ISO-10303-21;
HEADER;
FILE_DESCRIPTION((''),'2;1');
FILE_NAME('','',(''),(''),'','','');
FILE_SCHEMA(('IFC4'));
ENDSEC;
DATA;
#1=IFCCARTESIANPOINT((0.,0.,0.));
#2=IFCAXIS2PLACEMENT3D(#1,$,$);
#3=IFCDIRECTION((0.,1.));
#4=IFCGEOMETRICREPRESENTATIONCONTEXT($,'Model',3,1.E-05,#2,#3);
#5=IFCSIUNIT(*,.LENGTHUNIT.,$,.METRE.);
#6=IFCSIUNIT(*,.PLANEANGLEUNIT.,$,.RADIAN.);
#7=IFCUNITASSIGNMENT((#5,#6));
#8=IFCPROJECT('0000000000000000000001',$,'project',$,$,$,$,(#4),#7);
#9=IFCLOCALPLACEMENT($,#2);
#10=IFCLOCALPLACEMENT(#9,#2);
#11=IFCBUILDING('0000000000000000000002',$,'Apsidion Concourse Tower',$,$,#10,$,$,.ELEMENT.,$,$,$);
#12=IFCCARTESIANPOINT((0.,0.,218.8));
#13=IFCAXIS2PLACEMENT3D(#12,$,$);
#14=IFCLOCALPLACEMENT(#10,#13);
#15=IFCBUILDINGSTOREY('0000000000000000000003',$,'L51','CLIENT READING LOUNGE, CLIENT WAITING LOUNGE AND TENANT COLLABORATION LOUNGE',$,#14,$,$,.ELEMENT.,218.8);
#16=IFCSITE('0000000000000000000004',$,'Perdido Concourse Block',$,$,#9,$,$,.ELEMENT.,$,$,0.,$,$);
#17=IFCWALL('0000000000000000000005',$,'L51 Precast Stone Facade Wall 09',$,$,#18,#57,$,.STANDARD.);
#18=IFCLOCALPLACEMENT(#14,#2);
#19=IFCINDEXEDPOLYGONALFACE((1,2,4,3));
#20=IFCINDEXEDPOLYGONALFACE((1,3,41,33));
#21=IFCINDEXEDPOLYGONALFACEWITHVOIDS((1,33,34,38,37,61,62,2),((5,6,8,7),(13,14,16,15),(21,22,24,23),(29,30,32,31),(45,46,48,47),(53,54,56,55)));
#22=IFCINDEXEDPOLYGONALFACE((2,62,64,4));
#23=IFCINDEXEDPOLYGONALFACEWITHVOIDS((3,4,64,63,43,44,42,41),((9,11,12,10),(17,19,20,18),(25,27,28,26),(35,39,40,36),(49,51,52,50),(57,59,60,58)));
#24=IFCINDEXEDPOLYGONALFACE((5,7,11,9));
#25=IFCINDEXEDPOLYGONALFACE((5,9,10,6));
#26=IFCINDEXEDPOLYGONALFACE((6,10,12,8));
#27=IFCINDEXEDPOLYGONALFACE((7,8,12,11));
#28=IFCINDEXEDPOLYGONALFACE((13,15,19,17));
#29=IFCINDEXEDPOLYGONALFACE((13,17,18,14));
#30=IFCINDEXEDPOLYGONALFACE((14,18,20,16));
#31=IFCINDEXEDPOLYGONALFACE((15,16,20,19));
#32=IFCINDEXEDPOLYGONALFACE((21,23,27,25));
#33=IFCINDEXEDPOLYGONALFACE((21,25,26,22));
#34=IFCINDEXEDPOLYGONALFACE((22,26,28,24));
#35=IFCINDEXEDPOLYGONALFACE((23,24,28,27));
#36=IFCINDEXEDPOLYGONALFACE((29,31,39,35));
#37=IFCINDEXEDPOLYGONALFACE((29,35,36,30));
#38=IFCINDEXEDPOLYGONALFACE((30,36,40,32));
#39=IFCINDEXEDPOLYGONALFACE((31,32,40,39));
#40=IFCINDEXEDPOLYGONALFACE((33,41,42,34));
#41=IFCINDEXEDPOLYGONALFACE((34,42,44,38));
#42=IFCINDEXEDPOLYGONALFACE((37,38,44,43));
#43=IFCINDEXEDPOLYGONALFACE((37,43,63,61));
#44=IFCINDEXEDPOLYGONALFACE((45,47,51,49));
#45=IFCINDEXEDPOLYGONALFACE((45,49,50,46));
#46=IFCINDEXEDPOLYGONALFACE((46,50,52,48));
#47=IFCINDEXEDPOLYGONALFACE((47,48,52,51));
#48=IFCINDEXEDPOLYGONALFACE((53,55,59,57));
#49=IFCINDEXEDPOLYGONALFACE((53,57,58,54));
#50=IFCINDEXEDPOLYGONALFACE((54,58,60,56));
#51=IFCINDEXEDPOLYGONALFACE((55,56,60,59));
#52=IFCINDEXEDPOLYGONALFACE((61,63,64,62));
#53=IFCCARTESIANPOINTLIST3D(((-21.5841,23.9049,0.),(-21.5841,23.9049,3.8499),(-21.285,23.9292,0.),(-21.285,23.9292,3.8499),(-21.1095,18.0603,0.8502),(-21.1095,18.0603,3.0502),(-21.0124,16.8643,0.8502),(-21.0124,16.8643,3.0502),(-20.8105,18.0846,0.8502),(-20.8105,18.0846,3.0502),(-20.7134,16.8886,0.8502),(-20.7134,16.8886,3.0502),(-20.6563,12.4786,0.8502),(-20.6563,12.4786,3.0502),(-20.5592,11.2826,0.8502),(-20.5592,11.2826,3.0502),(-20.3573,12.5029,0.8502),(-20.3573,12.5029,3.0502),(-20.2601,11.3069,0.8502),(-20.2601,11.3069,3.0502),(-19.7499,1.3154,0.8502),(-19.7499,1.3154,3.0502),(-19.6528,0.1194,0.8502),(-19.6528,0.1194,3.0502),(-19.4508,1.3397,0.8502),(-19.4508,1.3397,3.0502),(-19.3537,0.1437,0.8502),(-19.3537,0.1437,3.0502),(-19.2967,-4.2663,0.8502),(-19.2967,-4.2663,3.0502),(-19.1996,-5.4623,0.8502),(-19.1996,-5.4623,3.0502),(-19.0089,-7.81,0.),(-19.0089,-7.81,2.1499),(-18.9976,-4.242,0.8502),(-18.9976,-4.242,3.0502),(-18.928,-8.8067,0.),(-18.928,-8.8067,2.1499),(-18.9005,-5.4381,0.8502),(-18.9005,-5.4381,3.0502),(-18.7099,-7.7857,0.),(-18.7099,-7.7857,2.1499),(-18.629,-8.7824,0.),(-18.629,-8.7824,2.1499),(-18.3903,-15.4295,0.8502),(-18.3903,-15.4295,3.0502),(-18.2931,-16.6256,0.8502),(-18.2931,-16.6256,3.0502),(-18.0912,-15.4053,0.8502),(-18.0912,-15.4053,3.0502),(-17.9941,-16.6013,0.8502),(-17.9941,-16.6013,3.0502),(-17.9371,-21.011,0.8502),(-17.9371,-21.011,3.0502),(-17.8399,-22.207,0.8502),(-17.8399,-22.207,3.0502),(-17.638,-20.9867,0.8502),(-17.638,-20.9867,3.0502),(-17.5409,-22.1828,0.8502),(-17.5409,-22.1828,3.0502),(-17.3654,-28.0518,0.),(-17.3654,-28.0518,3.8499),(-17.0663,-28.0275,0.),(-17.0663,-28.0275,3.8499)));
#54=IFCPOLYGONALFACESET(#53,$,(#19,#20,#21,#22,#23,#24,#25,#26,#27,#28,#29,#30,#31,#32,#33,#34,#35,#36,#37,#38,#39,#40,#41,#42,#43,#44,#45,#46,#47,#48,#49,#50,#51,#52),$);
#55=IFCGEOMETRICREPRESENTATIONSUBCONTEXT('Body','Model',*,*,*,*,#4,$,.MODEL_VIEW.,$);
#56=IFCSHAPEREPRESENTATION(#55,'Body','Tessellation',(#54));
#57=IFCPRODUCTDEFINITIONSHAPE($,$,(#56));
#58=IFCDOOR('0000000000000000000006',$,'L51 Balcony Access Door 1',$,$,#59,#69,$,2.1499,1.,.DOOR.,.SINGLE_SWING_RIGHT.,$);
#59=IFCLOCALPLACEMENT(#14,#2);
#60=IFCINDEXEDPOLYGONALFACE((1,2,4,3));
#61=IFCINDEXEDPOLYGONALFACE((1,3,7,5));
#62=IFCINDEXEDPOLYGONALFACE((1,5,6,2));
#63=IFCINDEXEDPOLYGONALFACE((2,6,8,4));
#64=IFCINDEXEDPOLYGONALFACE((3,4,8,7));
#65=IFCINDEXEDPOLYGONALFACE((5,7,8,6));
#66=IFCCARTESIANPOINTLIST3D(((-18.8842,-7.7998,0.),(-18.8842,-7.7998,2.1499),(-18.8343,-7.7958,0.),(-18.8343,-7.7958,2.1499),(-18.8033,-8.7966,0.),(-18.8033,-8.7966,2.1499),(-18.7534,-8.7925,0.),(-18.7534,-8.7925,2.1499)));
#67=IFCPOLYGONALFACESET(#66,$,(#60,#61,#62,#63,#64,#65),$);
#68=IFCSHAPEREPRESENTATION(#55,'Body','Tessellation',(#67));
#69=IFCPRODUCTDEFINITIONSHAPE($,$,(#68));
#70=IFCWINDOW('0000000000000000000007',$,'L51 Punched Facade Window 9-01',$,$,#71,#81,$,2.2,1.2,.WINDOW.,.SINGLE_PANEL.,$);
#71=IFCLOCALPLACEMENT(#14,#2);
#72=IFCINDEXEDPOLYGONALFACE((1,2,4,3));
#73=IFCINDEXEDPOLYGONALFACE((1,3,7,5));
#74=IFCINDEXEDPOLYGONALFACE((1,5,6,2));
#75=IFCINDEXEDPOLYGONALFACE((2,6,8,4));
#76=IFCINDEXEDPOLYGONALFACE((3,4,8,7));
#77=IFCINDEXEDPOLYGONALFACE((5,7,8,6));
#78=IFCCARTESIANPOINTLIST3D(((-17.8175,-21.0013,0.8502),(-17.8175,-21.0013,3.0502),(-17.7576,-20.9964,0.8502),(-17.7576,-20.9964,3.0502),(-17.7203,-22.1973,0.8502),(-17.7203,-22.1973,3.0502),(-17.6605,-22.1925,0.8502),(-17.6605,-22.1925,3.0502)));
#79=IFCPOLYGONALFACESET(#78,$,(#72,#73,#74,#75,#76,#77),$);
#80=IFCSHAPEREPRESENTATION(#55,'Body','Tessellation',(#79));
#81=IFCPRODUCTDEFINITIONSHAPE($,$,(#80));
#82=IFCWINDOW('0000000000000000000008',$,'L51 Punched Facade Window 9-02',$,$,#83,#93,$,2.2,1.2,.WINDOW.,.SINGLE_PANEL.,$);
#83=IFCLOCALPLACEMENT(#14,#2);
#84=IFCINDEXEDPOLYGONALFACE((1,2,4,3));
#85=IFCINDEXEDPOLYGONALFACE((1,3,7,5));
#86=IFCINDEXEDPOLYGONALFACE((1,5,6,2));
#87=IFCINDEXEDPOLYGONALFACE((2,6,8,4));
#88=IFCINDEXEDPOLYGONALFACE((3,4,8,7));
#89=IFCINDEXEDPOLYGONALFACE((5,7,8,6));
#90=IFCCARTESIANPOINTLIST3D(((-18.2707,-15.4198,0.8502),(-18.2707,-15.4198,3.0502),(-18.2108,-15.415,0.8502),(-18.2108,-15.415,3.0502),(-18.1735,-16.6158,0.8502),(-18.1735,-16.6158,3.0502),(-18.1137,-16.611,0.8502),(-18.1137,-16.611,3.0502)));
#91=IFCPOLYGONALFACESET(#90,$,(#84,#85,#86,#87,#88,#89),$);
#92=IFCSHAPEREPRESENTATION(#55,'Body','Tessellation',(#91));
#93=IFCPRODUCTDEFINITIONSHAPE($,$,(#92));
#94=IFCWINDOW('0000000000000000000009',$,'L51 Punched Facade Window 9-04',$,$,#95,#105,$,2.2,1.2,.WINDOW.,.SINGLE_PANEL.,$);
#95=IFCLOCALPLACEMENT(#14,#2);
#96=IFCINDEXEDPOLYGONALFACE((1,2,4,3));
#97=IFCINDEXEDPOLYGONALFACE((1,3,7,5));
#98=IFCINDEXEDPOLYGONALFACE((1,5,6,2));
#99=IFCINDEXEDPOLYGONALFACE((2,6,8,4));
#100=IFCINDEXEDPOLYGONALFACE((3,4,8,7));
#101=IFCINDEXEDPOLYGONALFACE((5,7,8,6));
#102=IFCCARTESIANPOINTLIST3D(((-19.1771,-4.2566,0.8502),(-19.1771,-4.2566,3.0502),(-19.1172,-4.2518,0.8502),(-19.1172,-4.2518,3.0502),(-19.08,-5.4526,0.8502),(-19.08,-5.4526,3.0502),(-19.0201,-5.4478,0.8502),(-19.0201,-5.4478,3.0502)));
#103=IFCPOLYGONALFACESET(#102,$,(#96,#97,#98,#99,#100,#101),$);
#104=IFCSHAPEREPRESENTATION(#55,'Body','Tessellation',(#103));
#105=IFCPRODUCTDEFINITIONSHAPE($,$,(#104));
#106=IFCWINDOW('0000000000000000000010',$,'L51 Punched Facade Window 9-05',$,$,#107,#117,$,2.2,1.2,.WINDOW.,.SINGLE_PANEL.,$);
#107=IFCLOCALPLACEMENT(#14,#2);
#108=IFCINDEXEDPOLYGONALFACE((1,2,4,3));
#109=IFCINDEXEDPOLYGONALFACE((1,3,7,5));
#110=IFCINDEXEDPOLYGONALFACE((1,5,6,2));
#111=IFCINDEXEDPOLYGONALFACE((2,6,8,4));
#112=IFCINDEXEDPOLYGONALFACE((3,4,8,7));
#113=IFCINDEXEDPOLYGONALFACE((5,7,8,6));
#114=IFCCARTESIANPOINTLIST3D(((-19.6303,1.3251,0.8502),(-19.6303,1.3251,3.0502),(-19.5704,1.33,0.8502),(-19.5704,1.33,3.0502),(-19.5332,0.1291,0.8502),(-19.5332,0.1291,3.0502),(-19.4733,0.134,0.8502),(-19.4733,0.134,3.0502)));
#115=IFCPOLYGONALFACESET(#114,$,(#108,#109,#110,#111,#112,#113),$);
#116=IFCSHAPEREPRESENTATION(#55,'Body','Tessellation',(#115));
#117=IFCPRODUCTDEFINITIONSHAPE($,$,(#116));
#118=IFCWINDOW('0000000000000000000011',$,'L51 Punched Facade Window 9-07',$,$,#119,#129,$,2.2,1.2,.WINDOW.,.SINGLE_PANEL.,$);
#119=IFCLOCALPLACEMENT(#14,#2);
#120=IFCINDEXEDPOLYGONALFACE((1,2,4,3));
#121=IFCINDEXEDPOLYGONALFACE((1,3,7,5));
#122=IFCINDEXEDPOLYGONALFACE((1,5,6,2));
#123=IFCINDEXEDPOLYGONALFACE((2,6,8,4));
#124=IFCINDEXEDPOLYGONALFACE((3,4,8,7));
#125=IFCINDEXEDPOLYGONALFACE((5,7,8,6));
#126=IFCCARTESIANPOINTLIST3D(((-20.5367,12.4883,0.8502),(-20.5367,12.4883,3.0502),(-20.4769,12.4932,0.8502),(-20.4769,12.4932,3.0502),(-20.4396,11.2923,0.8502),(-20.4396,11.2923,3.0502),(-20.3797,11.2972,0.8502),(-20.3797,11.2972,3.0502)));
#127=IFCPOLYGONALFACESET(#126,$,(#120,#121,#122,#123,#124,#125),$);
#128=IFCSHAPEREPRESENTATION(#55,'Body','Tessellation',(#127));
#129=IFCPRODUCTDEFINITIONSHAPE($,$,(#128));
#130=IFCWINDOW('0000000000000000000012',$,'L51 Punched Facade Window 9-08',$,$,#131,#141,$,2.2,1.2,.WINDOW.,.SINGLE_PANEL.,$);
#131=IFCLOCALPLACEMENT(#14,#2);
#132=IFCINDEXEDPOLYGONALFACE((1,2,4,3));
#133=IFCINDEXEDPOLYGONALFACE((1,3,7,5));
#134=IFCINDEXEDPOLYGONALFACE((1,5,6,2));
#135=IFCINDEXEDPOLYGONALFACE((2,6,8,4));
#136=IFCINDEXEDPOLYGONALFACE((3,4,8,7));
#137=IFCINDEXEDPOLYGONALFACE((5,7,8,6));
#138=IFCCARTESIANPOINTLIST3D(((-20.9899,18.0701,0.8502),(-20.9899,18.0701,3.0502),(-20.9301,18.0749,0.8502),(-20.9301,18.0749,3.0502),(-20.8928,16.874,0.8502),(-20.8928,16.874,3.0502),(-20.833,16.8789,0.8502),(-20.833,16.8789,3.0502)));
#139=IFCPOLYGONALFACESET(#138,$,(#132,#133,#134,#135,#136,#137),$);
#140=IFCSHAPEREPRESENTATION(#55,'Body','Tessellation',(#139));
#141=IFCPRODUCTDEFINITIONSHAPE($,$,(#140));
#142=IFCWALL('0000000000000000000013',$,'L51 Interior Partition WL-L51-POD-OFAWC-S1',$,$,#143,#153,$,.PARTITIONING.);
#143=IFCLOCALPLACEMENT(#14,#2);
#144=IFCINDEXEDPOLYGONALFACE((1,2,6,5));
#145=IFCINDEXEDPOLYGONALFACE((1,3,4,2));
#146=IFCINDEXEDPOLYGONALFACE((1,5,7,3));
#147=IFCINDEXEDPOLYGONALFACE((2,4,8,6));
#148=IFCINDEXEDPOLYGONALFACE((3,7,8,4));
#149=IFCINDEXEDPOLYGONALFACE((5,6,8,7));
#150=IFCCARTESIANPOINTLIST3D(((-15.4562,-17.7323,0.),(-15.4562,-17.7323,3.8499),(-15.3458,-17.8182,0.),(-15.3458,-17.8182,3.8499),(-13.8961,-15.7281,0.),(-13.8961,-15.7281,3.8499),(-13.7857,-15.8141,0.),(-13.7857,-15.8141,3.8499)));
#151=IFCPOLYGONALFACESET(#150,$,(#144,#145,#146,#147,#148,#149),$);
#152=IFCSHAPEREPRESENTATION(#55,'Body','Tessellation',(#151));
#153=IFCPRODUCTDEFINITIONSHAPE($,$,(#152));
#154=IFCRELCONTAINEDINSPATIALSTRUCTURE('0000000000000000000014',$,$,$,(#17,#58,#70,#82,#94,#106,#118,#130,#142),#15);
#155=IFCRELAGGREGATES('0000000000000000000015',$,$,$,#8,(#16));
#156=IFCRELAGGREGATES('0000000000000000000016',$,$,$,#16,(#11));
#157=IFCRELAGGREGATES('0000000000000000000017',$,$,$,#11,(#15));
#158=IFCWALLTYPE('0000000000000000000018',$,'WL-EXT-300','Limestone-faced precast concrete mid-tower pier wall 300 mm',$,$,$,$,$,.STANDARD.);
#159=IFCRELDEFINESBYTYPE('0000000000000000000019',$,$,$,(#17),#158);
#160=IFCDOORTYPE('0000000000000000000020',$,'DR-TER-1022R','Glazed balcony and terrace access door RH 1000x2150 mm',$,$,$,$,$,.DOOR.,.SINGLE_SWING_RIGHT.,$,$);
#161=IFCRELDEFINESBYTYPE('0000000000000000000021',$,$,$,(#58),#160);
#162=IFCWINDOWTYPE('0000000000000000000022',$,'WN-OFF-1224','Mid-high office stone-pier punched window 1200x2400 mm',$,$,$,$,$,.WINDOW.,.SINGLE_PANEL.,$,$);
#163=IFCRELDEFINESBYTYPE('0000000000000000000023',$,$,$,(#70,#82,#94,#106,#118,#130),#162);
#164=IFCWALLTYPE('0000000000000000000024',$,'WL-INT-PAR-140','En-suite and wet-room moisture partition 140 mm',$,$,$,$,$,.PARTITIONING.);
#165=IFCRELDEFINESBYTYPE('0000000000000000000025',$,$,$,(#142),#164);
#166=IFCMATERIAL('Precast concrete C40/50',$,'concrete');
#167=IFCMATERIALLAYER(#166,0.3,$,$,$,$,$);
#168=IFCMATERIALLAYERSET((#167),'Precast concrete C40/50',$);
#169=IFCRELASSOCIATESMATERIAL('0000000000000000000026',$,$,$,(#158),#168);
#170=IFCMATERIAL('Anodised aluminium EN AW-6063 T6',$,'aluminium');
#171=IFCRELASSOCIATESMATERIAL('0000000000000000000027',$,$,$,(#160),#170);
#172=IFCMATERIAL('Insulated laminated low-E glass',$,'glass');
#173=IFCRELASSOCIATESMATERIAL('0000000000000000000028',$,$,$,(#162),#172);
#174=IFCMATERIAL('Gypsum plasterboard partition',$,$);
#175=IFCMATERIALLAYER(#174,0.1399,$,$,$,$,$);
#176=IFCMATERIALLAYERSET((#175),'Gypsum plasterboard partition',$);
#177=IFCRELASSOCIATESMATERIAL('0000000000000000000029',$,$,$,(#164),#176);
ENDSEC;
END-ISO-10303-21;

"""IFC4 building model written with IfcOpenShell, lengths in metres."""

from ifc_helpers import new_model, si_unit, direction, frame, frame_2d, origin, place, context, subcontext, project, spatial, rectangle, extrude, material, layer, layer_set, type_object, element, fill, save


model = new_model("IFC4")

# Units and contexts
model_context = context("Model", 3, precision=1e-05, world=origin(), true_north=direction((0.0, 1.0)))
body_context = subcontext(model_context, "Body", "Model", "MODEL_VIEW")
ifc_project = project(units=[si_unit("LENGTHUNIT", "METRE"), si_unit("PLANEANGLEUNIT", "RADIAN")], contexts=[model_context])

# Site, building, storey
site_placement = place(None, origin())
site = spatial("IfcSite", under=ifc_project, at=site_placement, Name="Perdido Concourse Block", CompositionType="ELEMENT", RefElevation=0.0)
building_placement = place(site_placement, origin())
building = spatial("IfcBuilding", under=site, at=building_placement, Name="Apsidion Concourse Tower", CompositionType="ELEMENT")
storey_placement = place(building_placement, frame((0.0, 0.0, 218.8)))
storey = spatial("IfcBuildingStorey", under=building, at=storey_placement, Name="L51", Description="CLIENT READING LOUNGE, CLIENT WAITING LOUNGE AND TENANT COLLABORATION LOUNGE", CompositionType="ELEMENT", Elevation=218.8)

# Shared definitions
ifc_material_1 = material(Name="Precast concrete C40/50", Category="concrete")
ifc_layer_1 = layer(ifc_material_1, 0.3)
ifc_layer_set_1 = layer_set([ifc_layer_1], Name="Precast concrete C40/50")
wall_type_1 = type_object("IfcWallType", Name="WL-EXT-300", Description="Limestone-faced precast concrete mid-tower pier wall 300 mm", PredefinedType="STANDARD", material=ifc_layer_set_1)

# Wall, openings, door, windows
wall_1_placement = place(storey_placement, frame((-17.2158, -28.0398, 0.0), z_axis=(0.0, 0.0, 1.0), x_axis=(-0.080931, 0.99672, 0.0)))
wall_1 = element("IfcWall", 1, at=wall_1_placement, inside=storey, type_object=wall_type_1, Name="L51 Precast Stone Facade Wall 09", PredefinedType="STANDARD", context=body_context, shape_type="SweptSolid", body=[
    extrude(rectangle(XDim=52.1277, YDim=0.3, at=frame_2d((26.064, 0.0))), origin(), (0.0, 0.0, 1.0), 3.8499),
])
opening_1_placement = place(wall_1_placement, frame((19.3086, 0.0, 0.0)))
opening_1 = element("IfcOpeningElement", 2, at=opening_1_placement, cuts=wall_1, PredefinedType="OPENING", context=body_context, shape_type="SweptSolid", body=[
    extrude(rectangle(XDim=1.0, YDim=2.1499, at=frame_2d((0.5, 1.075))), frame((0.0, 0.1602, 0.0), z_axis=(0.0, -1.0, 0.0), x_axis=(1.0, 0.0, 0.0)), (0.0, 0.0, 1.0), 0.3201),
])
opening_2_placement = place(wall_1_placement, frame((5.864, 0.0, 0.8501)))
opening_2 = element("IfcOpeningElement", 3, at=opening_2_placement, cuts=wall_1, PredefinedType="OPENING", context=body_context, shape_type="SweptSolid", body=[
    extrude(rectangle(XDim=1.2, YDim=2.2, at=frame_2d((0.6001, 1.1001))), frame((0.0, 0.1602, 0.0), z_axis=(0.0, -1.0, 0.0), x_axis=(1.0, 0.0, 0.0)), (0.0, 0.0, 1.0), 0.3201),
])
opening_3_placement = place(wall_1_placement, frame((11.4639, 0.0, 0.8501)))
opening_3 = element("IfcOpeningElement", 4, at=opening_3_placement, cuts=wall_1, PredefinedType="OPENING", context=body_context, shape_type="SweptSolid", body=[
    extrude(rectangle(XDim=1.2, YDim=2.2, at=frame_2d((0.6001, 1.1001))), frame((0.0, 0.1602, 0.0), z_axis=(0.0, -1.0, 0.0), x_axis=(1.0, 0.0, 0.0)), (0.0, 0.0, 1.0), 0.3201),
])
opening_4_placement = place(wall_1_placement, frame((22.6638, 0.0, 0.8501)))
opening_4 = element("IfcOpeningElement", 5, at=opening_4_placement, cuts=wall_1, PredefinedType="OPENING", context=body_context, shape_type="SweptSolid", body=[
    extrude(rectangle(XDim=1.2, YDim=2.2, at=frame_2d((0.6001, 1.1001))), frame((0.0, 0.1602, 0.0), z_axis=(0.0, -1.0, 0.0), x_axis=(1.0, 0.0, 0.0)), (0.0, 0.0, 1.0), 0.3201),
])
opening_5_placement = place(wall_1_placement, frame((28.2639, 0.0, 0.8501)))
opening_5 = element("IfcOpeningElement", 6, at=opening_5_placement, cuts=wall_1, PredefinedType="OPENING", context=body_context, shape_type="SweptSolid", body=[
    extrude(rectangle(XDim=1.2, YDim=2.2, at=frame_2d((0.6001, 1.1001))), frame((0.0, 0.1602, 0.0), z_axis=(0.0, -1.0, 0.0), x_axis=(1.0, 0.0, 0.0)), (0.0, 0.0, 1.0), 0.3201),
])
opening_6_placement = place(wall_1_placement, frame((39.4639, 0.0, 0.8501)))
opening_6 = element("IfcOpeningElement", 7, at=opening_6_placement, cuts=wall_1, PredefinedType="OPENING", context=body_context, shape_type="SweptSolid", body=[
    extrude(rectangle(XDim=1.2, YDim=2.2, at=frame_2d((0.6001, 1.1001))), frame((0.0, 0.1602, 0.0), z_axis=(0.0, -1.0, 0.0), x_axis=(1.0, 0.0, 0.0)), (0.0, 0.0, 1.0), 0.3201),
])
opening_7_placement = place(wall_1_placement, frame((45.064, 0.0, 0.8501)))
opening_7 = element("IfcOpeningElement", 8, at=opening_7_placement, cuts=wall_1, PredefinedType="OPENING", context=body_context, shape_type="SweptSolid", body=[
    extrude(rectangle(XDim=1.2, YDim=2.2, at=frame_2d((0.6001, 1.1001))), frame((0.0, 0.1602, 0.0), z_axis=(0.0, -1.0, 0.0), x_axis=(1.0, 0.0, 0.0)), (0.0, 0.0, 1.0), 0.3201),
])
ifc_material_2 = material(Name="Anodised aluminium EN AW-6063 T6", Category="aluminium")
door_type_1 = type_object("IfcDoorType", Name="DR-TER-1022R", Description="Glazed balcony and terrace access door RH 1000x2150 mm", OperationType="SINGLE_SWING_RIGHT", PredefinedType="DOOR", material=ifc_material_2)
door_1_placement = place(opening_1_placement, origin())
door_1 = element("IfcDoor", 9, at=door_1_placement, inside=storey, type_object=door_type_1, Name="L51 Balcony Access Door 1", OperationType="SINGLE_SWING_RIGHT", OverallHeight=2.1499, OverallWidth=1.0, PredefinedType="DOOR", context=body_context, shape_type="SweptSolid", body=[
    extrude(rectangle(XDim=1.0, YDim=2.1499, at=frame_2d((0.5, 1.075))), frame((0.0, 0.0249, 0.0), z_axis=(0.0, -1.0, 0.0), x_axis=(1.0, 0.0, 0.0)), (0.0, 0.0, 1.0), 0.05),
])
fill(opening_1, door_1)
ifc_material_3 = material(Name="Insulated laminated low-E glass", Category="glass")
window_type = type_object("IfcWindowType", Name="WN-OFF-1224", Description="Mid-high office stone-pier punched window 1200x2400 mm", PartitioningType="SINGLE_PANEL", PredefinedType="WINDOW", material=ifc_material_3)
window_1_placement = place(opening_2_placement, origin())
window_1 = element("IfcWindow", 10, at=window_1_placement, inside=storey, type_object=window_type, Name="L51 Punched Facade Window 9-01", OverallHeight=2.2, OverallWidth=1.2, PartitioningType="SINGLE_PANEL", PredefinedType="WINDOW", context=body_context, shape_type="SweptSolid", body=[
    extrude(rectangle(XDim=1.2, YDim=2.2, at=frame_2d((0.6001, 1.1001))), frame((0.0, 0.03, 0.0), z_axis=(0.0, -1.0, 0.0), x_axis=(1.0, 0.0, 0.0)), (0.0, 0.0, 1.0), 0.0601),
])
fill(opening_2, window_1)
window_2_placement = place(opening_3_placement, origin())
window_2 = element("IfcWindow", 11, at=window_2_placement, inside=storey, type_object=window_type, Name="L51 Punched Facade Window 9-02", OverallHeight=2.2, OverallWidth=1.2, PartitioningType="SINGLE_PANEL", PredefinedType="WINDOW", context=body_context, shape_type="SweptSolid", body=[
    extrude(rectangle(XDim=1.2, YDim=2.2, at=frame_2d((0.6001, 1.1001))), frame((0.0, 0.03, 0.0), z_axis=(0.0, -1.0, 0.0), x_axis=(1.0, 0.0, 0.0)), (0.0, 0.0, 1.0), 0.0601),
])
fill(opening_3, window_2)
window_3_placement = place(opening_4_placement, origin())
window_3 = element("IfcWindow", 12, at=window_3_placement, inside=storey, type_object=window_type, Name="L51 Punched Facade Window 9-04", OverallHeight=2.2, OverallWidth=1.2, PartitioningType="SINGLE_PANEL", PredefinedType="WINDOW", context=body_context, shape_type="SweptSolid", body=[
    extrude(rectangle(XDim=1.2, YDim=2.2, at=frame_2d((0.6001, 1.1001))), frame((0.0, 0.03, 0.0), z_axis=(0.0, -1.0, 0.0), x_axis=(1.0, 0.0, 0.0)), (0.0, 0.0, 1.0), 0.0601),
])
fill(opening_4, window_3)
window_4_placement = place(opening_5_placement, origin())
window_4 = element("IfcWindow", 13, at=window_4_placement, inside=storey, type_object=window_type, Name="L51 Punched Facade Window 9-05", OverallHeight=2.2, OverallWidth=1.2, PartitioningType="SINGLE_PANEL", PredefinedType="WINDOW", context=body_context, shape_type="SweptSolid", body=[
    extrude(rectangle(XDim=1.2, YDim=2.2, at=frame_2d((0.6001, 1.1001))), frame((0.0, 0.03, 0.0), z_axis=(0.0, -1.0, 0.0), x_axis=(1.0, 0.0, 0.0)), (0.0, 0.0, 1.0), 0.0601),
])
fill(opening_5, window_4)
window_5_placement = place(opening_6_placement, origin())
window_5 = element("IfcWindow", 14, at=window_5_placement, inside=storey, type_object=window_type, Name="L51 Punched Facade Window 9-07", OverallHeight=2.2, OverallWidth=1.2, PartitioningType="SINGLE_PANEL", PredefinedType="WINDOW", context=body_context, shape_type="SweptSolid", body=[
    extrude(rectangle(XDim=1.2, YDim=2.2, at=frame_2d((0.6001, 1.1001))), frame((0.0, 0.03, 0.0), z_axis=(0.0, -1.0, 0.0), x_axis=(1.0, 0.0, 0.0)), (0.0, 0.0, 1.0), 0.0601),
])
fill(opening_6, window_5)
window_6_placement = place(opening_7_placement, origin())
window_6 = element("IfcWindow", 15, at=window_6_placement, inside=storey, type_object=window_type, Name="L51 Punched Facade Window 9-08", OverallHeight=2.2, OverallWidth=1.2, PartitioningType="SINGLE_PANEL", PredefinedType="WINDOW", context=body_context, shape_type="SweptSolid", body=[
    extrude(rectangle(XDim=1.2, YDim=2.2, at=frame_2d((0.6001, 1.1001))), frame((0.0, 0.03, 0.0), z_axis=(0.0, -1.0, 0.0), x_axis=(1.0, 0.0, 0.0)), (0.0, 0.0, 1.0), 0.0601),
])
fill(opening_7, window_6)

# Wall
ifc_material_4 = material(Name="Gypsum plasterboard partition")
ifc_layer_2 = layer(ifc_material_4, 0.1399)
ifc_layer_set_2 = layer_set([ifc_layer_2], Name="Gypsum plasterboard partition")
wall_type_2 = type_object("IfcWallType", Name="WL-INT-PAR-140", Description="En-suite and wet-room moisture partition 140 mm", PredefinedType="PARTITIONING", material=ifc_layer_set_2)
wall_2_placement = place(storey_placement, frame((-13.8408, -15.771, 0.0), z_axis=(0.0, 0.0, 1.0), x_axis=(-0.614253, -0.789109, 0.0)))
element("IfcWall", 16, at=wall_2_placement, inside=storey, type_object=wall_type_2, Name="L51 Interior Partition WL-L51-POD-OFAWC-S1", PredefinedType="PARTITIONING", context=body_context, shape_type="SweptSolid", body=[
    extrude(rectangle(XDim=2.5398, YDim=0.1399, at=frame_2d((1.27, 0.0))), origin(), (0.0, 0.0, 1.0), 3.8499),
])

save(model, "model.ifc")
